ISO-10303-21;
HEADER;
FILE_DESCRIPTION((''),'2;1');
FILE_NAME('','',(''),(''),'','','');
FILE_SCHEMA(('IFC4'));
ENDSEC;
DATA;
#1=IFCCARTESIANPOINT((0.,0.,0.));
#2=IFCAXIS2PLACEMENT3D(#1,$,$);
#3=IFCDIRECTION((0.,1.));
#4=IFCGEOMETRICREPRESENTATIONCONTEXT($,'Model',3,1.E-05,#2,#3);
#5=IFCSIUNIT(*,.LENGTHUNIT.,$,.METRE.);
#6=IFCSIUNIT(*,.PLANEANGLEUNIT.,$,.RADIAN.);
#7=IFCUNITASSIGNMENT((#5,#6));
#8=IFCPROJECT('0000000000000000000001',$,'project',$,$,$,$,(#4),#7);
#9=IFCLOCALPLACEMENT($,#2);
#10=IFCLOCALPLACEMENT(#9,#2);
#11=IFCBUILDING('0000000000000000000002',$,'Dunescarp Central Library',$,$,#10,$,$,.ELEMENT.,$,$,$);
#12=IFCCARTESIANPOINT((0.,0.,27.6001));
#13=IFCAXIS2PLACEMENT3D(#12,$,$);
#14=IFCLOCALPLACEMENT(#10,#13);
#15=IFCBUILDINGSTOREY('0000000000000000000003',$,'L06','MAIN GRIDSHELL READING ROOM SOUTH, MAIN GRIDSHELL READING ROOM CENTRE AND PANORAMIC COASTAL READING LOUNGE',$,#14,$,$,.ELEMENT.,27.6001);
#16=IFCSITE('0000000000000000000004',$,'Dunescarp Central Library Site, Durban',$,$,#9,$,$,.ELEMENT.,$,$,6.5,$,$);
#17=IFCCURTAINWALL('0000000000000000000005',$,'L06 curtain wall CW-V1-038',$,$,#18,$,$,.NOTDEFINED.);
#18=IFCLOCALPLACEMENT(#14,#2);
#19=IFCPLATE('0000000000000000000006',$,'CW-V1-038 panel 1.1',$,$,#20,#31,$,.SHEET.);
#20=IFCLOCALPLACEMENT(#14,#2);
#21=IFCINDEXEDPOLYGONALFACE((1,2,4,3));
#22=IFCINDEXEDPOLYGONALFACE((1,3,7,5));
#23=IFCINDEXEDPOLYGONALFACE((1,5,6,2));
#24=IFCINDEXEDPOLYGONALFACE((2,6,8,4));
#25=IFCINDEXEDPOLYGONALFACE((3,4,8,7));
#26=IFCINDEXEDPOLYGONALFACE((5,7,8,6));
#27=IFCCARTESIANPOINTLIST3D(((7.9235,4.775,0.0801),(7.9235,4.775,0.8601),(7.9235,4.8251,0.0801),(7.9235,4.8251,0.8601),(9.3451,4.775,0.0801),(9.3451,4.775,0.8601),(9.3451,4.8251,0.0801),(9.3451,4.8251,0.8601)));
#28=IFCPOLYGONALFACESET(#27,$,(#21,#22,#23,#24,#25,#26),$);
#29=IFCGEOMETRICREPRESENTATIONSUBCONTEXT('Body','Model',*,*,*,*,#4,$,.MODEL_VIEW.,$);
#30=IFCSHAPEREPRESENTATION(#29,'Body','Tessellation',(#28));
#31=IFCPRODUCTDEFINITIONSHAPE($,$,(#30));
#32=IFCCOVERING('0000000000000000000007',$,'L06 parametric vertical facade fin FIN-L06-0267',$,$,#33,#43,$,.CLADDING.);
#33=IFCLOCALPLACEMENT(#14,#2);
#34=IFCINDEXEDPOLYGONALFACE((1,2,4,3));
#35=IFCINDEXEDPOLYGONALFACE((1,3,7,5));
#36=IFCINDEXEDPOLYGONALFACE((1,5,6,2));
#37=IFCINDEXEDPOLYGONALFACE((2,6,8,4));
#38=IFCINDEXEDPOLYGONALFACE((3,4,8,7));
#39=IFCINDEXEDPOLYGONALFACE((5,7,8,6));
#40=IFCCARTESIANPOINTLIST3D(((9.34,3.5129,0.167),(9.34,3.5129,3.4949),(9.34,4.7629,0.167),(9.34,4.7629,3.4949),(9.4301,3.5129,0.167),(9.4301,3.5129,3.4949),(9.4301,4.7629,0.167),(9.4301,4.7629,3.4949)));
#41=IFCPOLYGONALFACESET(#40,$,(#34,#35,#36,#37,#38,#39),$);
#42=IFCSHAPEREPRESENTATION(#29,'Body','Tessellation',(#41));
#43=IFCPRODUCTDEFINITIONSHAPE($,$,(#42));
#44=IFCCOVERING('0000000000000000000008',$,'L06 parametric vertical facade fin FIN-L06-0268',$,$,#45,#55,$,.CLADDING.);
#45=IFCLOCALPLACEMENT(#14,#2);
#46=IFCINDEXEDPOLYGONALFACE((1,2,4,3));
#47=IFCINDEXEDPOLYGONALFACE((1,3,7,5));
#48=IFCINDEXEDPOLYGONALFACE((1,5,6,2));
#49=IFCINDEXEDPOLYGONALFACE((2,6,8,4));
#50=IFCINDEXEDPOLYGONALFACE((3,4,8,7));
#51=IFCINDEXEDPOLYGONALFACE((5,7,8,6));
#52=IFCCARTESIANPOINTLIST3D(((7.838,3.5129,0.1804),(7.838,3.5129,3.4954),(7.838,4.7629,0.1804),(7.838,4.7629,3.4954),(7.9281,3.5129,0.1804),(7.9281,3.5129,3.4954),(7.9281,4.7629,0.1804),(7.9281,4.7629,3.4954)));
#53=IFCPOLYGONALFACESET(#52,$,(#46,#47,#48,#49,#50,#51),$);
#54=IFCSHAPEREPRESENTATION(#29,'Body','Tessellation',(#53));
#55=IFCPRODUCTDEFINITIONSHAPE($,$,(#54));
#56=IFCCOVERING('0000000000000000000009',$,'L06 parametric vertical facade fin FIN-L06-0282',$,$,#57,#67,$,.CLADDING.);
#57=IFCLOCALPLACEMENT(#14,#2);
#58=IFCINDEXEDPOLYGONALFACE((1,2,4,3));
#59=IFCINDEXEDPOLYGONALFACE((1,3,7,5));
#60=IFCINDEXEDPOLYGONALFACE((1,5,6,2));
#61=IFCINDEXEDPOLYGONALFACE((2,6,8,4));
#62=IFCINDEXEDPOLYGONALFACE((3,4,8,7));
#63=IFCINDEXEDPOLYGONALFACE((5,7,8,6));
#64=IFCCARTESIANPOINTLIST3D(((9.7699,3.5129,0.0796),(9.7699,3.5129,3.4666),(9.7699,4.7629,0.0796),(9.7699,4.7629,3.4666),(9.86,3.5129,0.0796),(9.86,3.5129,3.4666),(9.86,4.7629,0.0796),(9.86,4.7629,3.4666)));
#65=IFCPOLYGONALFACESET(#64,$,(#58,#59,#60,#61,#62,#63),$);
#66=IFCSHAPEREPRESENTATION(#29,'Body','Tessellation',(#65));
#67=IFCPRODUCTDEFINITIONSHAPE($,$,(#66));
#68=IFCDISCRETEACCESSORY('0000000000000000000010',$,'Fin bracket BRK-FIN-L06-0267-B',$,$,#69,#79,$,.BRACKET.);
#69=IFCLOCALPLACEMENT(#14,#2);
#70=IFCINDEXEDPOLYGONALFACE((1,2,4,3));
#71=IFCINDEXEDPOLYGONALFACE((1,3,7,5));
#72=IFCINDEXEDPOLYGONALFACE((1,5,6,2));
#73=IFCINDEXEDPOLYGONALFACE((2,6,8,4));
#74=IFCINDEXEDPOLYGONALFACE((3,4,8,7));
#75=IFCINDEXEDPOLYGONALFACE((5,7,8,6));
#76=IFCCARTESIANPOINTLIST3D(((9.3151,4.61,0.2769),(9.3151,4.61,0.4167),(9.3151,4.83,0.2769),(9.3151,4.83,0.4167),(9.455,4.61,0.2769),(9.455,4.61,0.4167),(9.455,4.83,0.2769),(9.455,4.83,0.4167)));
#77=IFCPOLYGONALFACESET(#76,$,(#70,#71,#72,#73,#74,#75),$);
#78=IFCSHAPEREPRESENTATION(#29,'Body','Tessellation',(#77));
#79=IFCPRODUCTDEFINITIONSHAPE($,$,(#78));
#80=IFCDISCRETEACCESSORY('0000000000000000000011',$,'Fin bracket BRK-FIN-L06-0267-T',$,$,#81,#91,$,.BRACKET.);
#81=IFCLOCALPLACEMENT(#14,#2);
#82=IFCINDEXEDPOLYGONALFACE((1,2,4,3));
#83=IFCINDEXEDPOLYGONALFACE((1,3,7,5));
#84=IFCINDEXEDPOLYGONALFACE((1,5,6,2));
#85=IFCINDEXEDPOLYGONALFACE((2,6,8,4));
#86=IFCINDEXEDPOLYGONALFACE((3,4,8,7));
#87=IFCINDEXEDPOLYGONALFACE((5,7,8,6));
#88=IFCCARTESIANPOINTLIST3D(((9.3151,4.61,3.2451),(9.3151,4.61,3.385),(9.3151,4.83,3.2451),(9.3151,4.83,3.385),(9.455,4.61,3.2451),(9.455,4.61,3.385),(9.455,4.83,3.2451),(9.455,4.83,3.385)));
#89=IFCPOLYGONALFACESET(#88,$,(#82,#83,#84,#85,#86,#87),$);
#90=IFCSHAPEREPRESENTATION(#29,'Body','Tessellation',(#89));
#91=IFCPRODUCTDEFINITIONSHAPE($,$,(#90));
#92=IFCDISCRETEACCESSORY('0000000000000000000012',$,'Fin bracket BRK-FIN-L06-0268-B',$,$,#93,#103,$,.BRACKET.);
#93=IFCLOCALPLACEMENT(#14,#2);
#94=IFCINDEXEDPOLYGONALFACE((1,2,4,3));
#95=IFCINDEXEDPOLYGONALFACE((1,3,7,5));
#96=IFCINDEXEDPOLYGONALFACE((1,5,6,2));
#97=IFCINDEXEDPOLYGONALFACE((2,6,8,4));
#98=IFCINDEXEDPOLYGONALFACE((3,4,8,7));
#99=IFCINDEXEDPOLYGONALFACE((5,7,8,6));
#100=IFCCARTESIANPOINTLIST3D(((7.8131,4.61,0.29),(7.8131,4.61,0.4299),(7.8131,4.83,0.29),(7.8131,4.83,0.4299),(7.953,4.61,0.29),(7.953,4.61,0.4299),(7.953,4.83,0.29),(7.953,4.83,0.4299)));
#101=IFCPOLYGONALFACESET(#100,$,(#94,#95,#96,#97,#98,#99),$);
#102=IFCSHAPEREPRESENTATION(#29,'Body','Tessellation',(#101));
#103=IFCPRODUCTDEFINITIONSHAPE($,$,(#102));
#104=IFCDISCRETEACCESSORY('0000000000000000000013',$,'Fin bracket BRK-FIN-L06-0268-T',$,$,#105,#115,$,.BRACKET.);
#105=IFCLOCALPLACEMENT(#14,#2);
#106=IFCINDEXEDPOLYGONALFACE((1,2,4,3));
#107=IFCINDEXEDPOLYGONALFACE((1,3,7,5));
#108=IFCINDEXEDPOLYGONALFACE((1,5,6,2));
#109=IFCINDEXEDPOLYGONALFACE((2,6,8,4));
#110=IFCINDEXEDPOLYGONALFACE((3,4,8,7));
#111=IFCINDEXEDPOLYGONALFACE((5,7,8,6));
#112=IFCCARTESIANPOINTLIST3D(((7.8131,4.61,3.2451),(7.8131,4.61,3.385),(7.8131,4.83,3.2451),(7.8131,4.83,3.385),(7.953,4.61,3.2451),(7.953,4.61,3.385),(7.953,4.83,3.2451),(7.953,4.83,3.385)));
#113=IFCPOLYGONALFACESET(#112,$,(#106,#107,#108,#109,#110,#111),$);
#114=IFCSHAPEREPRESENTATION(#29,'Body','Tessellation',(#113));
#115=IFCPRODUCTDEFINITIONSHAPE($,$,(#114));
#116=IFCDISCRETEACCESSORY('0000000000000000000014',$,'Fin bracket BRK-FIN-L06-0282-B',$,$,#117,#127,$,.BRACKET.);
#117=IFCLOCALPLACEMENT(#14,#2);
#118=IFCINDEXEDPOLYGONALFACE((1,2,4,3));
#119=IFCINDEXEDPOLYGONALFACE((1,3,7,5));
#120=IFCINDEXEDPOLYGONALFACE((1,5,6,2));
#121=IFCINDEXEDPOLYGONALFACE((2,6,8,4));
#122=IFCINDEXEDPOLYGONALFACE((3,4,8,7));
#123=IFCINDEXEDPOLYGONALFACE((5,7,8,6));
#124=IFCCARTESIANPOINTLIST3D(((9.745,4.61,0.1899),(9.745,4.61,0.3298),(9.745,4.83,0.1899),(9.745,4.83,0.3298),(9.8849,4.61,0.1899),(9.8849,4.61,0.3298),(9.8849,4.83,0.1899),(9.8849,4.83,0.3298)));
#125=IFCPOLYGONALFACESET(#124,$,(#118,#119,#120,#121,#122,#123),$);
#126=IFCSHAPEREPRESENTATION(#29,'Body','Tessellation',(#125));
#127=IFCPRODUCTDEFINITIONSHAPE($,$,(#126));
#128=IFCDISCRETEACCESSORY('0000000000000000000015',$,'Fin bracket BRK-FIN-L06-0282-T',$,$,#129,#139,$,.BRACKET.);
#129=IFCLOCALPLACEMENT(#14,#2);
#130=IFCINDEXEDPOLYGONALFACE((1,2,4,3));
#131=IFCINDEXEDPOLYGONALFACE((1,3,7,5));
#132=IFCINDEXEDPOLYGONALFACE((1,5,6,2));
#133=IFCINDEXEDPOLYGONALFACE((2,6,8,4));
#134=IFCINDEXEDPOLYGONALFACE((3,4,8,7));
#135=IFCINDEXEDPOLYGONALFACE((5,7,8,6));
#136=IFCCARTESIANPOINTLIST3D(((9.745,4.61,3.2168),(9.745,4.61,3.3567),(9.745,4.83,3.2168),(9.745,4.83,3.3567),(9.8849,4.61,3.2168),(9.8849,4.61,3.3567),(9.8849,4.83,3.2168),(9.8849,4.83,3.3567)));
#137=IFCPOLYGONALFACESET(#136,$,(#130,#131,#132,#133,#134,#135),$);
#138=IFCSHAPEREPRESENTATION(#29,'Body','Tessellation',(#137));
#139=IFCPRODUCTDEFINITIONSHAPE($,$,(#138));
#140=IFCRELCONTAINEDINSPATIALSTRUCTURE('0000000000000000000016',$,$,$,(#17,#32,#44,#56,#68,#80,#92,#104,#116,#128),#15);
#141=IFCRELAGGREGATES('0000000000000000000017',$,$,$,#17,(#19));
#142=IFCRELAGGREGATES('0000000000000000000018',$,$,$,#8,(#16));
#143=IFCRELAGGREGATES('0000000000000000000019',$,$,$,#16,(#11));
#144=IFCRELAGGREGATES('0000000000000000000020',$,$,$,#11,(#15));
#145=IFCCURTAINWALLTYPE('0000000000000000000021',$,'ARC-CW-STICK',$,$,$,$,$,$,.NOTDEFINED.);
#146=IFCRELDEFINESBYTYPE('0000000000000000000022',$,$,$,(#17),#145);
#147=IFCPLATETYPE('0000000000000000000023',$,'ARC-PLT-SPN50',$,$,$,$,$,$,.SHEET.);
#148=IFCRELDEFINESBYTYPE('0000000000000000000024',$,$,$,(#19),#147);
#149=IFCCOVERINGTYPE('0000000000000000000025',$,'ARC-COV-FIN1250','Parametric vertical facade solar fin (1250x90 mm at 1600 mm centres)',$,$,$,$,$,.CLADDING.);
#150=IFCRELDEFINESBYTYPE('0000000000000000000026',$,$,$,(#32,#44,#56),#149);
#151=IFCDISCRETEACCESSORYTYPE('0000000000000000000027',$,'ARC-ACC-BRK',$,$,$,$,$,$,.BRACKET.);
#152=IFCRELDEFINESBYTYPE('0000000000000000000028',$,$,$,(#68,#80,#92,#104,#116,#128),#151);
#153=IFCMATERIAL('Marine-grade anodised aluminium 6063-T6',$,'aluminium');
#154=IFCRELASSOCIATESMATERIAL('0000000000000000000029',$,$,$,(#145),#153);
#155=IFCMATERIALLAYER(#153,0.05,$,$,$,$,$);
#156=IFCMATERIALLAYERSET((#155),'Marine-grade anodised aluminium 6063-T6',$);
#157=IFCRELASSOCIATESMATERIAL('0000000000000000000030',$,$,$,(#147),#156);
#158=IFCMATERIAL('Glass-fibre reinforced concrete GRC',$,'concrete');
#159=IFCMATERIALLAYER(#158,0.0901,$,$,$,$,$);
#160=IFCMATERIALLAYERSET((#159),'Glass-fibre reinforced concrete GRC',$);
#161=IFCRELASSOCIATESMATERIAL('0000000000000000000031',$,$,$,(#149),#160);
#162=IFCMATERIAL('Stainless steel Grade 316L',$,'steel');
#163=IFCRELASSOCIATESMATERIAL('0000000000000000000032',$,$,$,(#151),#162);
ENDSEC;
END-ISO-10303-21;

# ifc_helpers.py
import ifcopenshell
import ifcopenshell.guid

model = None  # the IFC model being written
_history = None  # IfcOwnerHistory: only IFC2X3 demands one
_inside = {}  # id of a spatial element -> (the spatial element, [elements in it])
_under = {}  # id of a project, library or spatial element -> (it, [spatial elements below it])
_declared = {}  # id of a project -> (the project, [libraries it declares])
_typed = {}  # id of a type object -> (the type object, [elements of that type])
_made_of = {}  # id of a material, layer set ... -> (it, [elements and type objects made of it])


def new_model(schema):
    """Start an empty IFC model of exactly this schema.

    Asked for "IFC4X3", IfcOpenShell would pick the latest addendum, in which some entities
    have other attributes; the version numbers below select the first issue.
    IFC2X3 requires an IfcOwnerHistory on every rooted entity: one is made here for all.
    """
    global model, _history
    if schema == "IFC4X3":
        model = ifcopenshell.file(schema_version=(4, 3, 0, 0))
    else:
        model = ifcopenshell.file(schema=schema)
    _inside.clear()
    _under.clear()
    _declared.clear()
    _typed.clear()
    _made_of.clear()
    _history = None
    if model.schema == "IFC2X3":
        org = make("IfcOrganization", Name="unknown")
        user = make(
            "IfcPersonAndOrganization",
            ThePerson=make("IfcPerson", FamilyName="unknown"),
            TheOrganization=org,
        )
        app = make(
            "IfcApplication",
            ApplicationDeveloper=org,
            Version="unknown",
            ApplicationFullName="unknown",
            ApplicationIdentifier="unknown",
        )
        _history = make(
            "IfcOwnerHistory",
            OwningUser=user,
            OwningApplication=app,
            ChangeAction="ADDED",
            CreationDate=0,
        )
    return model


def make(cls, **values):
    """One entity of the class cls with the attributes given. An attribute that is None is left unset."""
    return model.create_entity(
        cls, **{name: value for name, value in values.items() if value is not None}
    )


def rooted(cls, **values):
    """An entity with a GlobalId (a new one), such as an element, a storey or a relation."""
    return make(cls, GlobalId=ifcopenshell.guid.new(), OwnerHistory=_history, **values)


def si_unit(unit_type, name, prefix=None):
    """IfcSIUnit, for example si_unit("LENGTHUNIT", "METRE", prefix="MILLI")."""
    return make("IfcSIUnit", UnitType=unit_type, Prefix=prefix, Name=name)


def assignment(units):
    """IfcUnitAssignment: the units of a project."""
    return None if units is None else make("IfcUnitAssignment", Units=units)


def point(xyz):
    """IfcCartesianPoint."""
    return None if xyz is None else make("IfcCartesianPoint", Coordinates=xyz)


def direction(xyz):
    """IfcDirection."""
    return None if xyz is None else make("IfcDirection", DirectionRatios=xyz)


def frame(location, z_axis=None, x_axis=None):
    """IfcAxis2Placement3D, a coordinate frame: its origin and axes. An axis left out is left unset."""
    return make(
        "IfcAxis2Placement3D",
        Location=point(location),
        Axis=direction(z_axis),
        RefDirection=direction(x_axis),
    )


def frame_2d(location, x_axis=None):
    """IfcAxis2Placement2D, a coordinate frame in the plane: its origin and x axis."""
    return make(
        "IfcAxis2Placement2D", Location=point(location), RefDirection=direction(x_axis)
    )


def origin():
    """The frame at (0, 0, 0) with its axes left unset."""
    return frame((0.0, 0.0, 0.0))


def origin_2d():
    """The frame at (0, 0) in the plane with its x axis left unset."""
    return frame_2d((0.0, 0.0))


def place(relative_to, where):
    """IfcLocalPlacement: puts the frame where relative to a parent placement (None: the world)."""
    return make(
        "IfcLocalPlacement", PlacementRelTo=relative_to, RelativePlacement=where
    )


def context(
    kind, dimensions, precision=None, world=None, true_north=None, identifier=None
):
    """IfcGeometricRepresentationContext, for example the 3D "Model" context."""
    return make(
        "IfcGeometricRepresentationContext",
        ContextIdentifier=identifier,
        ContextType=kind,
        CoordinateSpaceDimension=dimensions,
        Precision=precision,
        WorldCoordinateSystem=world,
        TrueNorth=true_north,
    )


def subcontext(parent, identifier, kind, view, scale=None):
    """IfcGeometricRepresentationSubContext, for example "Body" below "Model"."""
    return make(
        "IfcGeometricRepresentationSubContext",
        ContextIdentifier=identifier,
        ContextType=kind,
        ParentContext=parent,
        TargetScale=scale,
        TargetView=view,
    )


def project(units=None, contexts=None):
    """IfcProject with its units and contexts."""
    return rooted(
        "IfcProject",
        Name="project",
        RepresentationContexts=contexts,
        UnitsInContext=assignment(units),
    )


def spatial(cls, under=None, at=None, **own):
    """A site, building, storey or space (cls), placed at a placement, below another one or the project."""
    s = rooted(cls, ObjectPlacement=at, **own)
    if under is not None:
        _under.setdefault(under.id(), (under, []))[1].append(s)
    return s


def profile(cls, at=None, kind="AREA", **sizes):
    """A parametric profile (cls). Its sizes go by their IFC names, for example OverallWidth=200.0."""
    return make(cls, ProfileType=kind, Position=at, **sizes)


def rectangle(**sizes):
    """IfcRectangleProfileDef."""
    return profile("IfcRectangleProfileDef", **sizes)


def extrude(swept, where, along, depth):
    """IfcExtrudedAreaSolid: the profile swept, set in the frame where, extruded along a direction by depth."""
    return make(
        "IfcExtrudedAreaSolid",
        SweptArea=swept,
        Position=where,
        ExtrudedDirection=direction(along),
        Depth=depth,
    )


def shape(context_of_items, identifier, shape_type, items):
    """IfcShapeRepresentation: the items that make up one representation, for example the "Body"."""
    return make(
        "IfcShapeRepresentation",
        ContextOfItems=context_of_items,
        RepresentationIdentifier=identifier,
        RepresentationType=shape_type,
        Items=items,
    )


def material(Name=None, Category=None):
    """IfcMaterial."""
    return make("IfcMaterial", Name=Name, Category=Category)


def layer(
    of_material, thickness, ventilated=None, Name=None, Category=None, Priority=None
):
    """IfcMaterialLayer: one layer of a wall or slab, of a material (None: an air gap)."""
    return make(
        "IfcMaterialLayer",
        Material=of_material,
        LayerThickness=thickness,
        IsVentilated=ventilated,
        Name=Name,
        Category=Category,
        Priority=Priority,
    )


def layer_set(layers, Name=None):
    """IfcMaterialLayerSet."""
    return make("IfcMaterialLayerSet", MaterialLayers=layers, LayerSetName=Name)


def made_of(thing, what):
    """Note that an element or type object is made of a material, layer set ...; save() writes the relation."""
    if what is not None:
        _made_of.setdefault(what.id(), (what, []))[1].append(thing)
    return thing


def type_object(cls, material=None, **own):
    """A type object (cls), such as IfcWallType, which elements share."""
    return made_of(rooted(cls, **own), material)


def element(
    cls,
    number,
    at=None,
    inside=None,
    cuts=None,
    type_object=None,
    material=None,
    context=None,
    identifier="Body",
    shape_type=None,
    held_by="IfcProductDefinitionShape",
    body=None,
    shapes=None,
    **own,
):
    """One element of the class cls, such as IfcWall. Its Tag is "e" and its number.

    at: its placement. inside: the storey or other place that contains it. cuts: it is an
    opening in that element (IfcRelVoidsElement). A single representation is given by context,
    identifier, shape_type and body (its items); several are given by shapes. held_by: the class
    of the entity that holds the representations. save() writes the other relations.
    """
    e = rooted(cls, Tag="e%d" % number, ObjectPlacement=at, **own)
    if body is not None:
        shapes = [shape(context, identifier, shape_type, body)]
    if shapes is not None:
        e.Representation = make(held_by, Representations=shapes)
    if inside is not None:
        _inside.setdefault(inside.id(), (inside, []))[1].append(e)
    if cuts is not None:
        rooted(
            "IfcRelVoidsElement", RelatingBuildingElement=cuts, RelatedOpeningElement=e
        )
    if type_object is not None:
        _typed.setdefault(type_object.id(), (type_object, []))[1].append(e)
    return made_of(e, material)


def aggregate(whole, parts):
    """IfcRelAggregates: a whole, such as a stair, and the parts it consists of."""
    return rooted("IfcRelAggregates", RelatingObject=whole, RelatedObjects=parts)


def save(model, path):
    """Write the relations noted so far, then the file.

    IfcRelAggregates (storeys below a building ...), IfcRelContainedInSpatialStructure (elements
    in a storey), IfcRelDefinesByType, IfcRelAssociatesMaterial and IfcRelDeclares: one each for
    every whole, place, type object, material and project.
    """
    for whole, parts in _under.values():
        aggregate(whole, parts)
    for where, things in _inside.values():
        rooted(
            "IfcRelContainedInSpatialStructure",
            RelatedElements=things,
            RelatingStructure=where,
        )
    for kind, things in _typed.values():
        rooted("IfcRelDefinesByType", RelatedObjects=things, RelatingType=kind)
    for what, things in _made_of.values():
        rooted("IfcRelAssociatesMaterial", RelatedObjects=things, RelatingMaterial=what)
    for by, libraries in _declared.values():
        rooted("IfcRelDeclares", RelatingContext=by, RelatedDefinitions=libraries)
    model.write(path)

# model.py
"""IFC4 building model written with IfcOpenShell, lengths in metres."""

from ifc_helpers import new_model, si_unit, direction, frame, origin, origin_2d, place, context, subcontext, project, spatial, rectangle, extrude, material, layer, layer_set, type_object, element, aggregate, save


model = new_model("IFC4")

# Units and contexts
model_context = context("Model", 3, precision=1e-05, world=origin(), true_north=direction((0.0, 1.0)))
body_context = subcontext(model_context, "Body", "Model", "MODEL_VIEW")
ifc_project = project(units=[si_unit("LENGTHUNIT", "METRE"), si_unit("PLANEANGLEUNIT", "RADIAN")], contexts=[model_context])

# Site, building, storey
site_placement = place(None, origin())
site = spatial("IfcSite", under=ifc_project, at=site_placement, Name="Dunescarp Central Library Site, Durban", CompositionType="ELEMENT", RefElevation=6.5)
building_placement = place(site_placement, origin())
building = spatial("IfcBuilding", under=site, at=building_placement, Name="Dunescarp Central Library", CompositionType="ELEMENT")
storey_placement = place(building_placement, frame((0.0, 0.0, 27.6001)))
storey = spatial("IfcBuildingStorey", under=building, at=storey_placement, Name="L06", Description="MAIN GRIDSHELL READING ROOM SOUTH, MAIN GRIDSHELL READING ROOM CENTRE AND PANORAMIC COASTAL READING LOUNGE", CompositionType="ELEMENT", Elevation=27.6001)

# Curtain wall
ifc_material_1 = material(Name="Marine-grade anodised aluminium 6063-T6", Category="aluminium")
curtain_wall_type = type_object("IfcCurtainWallType", Name="ARC-CW-STICK", PredefinedType="NOTDEFINED", material=ifc_material_1)
curtain_wall_placement = place(storey_placement, origin())
curtain_wall = element("IfcCurtainWall", 1, at=curtain_wall_placement, inside=storey, type_object=curtain_wall_type, Name="L06 curtain wall CW-V1-038", PredefinedType="NOTDEFINED")

# Plate
ifc_layer_1 = layer(ifc_material_1, 0.05)
ifc_layer_set_1 = layer_set([ifc_layer_1], Name="Marine-grade anodised aluminium 6063-T6")
plate_type_1 = type_object("IfcPlateType", Name="ARC-PLT-SPN50", PredefinedType="SHEET", material=ifc_layer_set_1)
plate_1_placement = place(storey_placement, frame((8.6343, 4.8, 0.0801), z_axis=(0.0, 0.0, 1.0), x_axis=(-1.0, 0.0, 0.0)))
plate_1 = element("IfcPlate", 2, at=plate_1_placement, type_object=plate_type_1, Name="CW-V1-038 panel 1.1", PredefinedType="SHEET", context=body_context, shape_type="SweptSolid", body=[
    extrude(rectangle(XDim=1.4216, YDim=0.05, at=origin_2d()), origin(), (0.0, 0.0, 1.0), 0.78),
])
aggregate(curtain_wall, [plate_1])

# Coverings
ifc_material_2 = material(Name="Glass-fibre reinforced concrete GRC", Category="concrete")
ifc_layer_2 = layer(ifc_material_2, 0.0901)
ifc_layer_set_2 = layer_set([ifc_layer_2], Name="Glass-fibre reinforced concrete GRC")
covering_type = type_object("IfcCoveringType", Name="ARC-COV-FIN1250", Description="Parametric vertical facade solar fin (1250x90 mm at 1600 mm centres)", PredefinedType="CLADDING", material=ifc_layer_set_2)
covering_1_placement = place(storey_placement, frame((9.385, 4.1379, 0.167), z_axis=(0.0, 0.0, 1.0), x_axis=(0.0, -1.0, 0.0)))
element("IfcCovering", 3, at=covering_1_placement, inside=storey, type_object=covering_type, Name="L06 parametric vertical facade fin FIN-L06-0267", PredefinedType="CLADDING", context=body_context, shape_type="SweptSolid", body=[
    extrude(rectangle(XDim=1.25, YDim=0.0901, at=origin_2d()), origin(), (0.0, 0.0, 1.0), 3.3279),
])
covering_2_placement = place(storey_placement, frame((7.8831, 4.1379, 0.1804), z_axis=(0.0, 0.0, 1.0), x_axis=(0.0, -1.0, 0.0)))
element("IfcCovering", 4, at=covering_2_placement, inside=storey, type_object=covering_type, Name="L06 parametric vertical facade fin FIN-L06-0268", PredefinedType="CLADDING", context=body_context, shape_type="SweptSolid", body=[
    extrude(rectangle(XDim=1.25, YDim=0.0901, at=origin_2d()), origin(), (0.0, 0.0, 1.0), 3.3149),
])
covering_3_placement = place(storey_placement, frame((9.8149, 4.1379, 0.0796), z_axis=(0.0, 0.0, 1.0), x_axis=(0.0, -1.0, 0.0)))
element("IfcCovering", 5, at=covering_3_placement, inside=storey, type_object=covering_type, Name="L06 parametric vertical facade fin FIN-L06-0282", PredefinedType="CLADDING", context=body_context, shape_type="SweptSolid", body=[
    extrude(rectangle(XDim=1.25, YDim=0.0901, at=origin_2d()), origin(), (0.0, 0.0, 1.0), 3.387),
])

# Discrete accessories
ifc_material_3 = material(Name="Stainless steel Grade 316L", Category="steel")
discrete_accessory_type = type_object("IfcDiscreteAccessoryType", Name="ARC-ACC-BRK", PredefinedType="BRACKET", material=ifc_material_3)
for number, where, z_axis, x_axis, name in (
    (6, (9.385, 4.72, 0.2769), (0.0, 0.0, 1.0), (0.0, -1.0, 0.0), "Fin bracket BRK-FIN-L06-0267-B"),
    (7, (9.385, 4.72, 3.2451), (0.0, 0.0, 1.0), (0.0, -1.0, 0.0), "Fin bracket BRK-FIN-L06-0267-T"),
    (8, (7.8831, 4.72, 0.29), (0.0, 0.0, 1.0), (0.0, -1.0, 0.0), "Fin bracket BRK-FIN-L06-0268-B"),
    (9, (7.8831, 4.72, 3.2451), (0.0, 0.0, 1.0), (0.0, -1.0, 0.0), "Fin bracket BRK-FIN-L06-0268-T"),
    (10, (9.8149, 4.72, 0.1899), (0.0, 0.0, 1.0), (0.0, -1.0, 0.0), "Fin bracket BRK-FIN-L06-0282-B"),
    (11, (9.8149, 4.72, 3.2168), (0.0, 0.0, 1.0), (0.0, -1.0, 0.0), "Fin bracket BRK-FIN-L06-0282-T"),
):
    element("IfcDiscreteAccessory", number, at=place(storey_placement, frame(where, z_axis=z_axis, x_axis=x_axis)), inside=storey, type_object=discrete_accessory_type, Name=name, PredefinedType="BRACKET", context=body_context, shape_type="SweptSolid", body=[
        extrude(rectangle(XDim=0.22, YDim=0.1399, at=origin_2d()), origin(), (0.0, 0.0, 1.0), 0.1399),
    ])

save(model, "model.ifc")
